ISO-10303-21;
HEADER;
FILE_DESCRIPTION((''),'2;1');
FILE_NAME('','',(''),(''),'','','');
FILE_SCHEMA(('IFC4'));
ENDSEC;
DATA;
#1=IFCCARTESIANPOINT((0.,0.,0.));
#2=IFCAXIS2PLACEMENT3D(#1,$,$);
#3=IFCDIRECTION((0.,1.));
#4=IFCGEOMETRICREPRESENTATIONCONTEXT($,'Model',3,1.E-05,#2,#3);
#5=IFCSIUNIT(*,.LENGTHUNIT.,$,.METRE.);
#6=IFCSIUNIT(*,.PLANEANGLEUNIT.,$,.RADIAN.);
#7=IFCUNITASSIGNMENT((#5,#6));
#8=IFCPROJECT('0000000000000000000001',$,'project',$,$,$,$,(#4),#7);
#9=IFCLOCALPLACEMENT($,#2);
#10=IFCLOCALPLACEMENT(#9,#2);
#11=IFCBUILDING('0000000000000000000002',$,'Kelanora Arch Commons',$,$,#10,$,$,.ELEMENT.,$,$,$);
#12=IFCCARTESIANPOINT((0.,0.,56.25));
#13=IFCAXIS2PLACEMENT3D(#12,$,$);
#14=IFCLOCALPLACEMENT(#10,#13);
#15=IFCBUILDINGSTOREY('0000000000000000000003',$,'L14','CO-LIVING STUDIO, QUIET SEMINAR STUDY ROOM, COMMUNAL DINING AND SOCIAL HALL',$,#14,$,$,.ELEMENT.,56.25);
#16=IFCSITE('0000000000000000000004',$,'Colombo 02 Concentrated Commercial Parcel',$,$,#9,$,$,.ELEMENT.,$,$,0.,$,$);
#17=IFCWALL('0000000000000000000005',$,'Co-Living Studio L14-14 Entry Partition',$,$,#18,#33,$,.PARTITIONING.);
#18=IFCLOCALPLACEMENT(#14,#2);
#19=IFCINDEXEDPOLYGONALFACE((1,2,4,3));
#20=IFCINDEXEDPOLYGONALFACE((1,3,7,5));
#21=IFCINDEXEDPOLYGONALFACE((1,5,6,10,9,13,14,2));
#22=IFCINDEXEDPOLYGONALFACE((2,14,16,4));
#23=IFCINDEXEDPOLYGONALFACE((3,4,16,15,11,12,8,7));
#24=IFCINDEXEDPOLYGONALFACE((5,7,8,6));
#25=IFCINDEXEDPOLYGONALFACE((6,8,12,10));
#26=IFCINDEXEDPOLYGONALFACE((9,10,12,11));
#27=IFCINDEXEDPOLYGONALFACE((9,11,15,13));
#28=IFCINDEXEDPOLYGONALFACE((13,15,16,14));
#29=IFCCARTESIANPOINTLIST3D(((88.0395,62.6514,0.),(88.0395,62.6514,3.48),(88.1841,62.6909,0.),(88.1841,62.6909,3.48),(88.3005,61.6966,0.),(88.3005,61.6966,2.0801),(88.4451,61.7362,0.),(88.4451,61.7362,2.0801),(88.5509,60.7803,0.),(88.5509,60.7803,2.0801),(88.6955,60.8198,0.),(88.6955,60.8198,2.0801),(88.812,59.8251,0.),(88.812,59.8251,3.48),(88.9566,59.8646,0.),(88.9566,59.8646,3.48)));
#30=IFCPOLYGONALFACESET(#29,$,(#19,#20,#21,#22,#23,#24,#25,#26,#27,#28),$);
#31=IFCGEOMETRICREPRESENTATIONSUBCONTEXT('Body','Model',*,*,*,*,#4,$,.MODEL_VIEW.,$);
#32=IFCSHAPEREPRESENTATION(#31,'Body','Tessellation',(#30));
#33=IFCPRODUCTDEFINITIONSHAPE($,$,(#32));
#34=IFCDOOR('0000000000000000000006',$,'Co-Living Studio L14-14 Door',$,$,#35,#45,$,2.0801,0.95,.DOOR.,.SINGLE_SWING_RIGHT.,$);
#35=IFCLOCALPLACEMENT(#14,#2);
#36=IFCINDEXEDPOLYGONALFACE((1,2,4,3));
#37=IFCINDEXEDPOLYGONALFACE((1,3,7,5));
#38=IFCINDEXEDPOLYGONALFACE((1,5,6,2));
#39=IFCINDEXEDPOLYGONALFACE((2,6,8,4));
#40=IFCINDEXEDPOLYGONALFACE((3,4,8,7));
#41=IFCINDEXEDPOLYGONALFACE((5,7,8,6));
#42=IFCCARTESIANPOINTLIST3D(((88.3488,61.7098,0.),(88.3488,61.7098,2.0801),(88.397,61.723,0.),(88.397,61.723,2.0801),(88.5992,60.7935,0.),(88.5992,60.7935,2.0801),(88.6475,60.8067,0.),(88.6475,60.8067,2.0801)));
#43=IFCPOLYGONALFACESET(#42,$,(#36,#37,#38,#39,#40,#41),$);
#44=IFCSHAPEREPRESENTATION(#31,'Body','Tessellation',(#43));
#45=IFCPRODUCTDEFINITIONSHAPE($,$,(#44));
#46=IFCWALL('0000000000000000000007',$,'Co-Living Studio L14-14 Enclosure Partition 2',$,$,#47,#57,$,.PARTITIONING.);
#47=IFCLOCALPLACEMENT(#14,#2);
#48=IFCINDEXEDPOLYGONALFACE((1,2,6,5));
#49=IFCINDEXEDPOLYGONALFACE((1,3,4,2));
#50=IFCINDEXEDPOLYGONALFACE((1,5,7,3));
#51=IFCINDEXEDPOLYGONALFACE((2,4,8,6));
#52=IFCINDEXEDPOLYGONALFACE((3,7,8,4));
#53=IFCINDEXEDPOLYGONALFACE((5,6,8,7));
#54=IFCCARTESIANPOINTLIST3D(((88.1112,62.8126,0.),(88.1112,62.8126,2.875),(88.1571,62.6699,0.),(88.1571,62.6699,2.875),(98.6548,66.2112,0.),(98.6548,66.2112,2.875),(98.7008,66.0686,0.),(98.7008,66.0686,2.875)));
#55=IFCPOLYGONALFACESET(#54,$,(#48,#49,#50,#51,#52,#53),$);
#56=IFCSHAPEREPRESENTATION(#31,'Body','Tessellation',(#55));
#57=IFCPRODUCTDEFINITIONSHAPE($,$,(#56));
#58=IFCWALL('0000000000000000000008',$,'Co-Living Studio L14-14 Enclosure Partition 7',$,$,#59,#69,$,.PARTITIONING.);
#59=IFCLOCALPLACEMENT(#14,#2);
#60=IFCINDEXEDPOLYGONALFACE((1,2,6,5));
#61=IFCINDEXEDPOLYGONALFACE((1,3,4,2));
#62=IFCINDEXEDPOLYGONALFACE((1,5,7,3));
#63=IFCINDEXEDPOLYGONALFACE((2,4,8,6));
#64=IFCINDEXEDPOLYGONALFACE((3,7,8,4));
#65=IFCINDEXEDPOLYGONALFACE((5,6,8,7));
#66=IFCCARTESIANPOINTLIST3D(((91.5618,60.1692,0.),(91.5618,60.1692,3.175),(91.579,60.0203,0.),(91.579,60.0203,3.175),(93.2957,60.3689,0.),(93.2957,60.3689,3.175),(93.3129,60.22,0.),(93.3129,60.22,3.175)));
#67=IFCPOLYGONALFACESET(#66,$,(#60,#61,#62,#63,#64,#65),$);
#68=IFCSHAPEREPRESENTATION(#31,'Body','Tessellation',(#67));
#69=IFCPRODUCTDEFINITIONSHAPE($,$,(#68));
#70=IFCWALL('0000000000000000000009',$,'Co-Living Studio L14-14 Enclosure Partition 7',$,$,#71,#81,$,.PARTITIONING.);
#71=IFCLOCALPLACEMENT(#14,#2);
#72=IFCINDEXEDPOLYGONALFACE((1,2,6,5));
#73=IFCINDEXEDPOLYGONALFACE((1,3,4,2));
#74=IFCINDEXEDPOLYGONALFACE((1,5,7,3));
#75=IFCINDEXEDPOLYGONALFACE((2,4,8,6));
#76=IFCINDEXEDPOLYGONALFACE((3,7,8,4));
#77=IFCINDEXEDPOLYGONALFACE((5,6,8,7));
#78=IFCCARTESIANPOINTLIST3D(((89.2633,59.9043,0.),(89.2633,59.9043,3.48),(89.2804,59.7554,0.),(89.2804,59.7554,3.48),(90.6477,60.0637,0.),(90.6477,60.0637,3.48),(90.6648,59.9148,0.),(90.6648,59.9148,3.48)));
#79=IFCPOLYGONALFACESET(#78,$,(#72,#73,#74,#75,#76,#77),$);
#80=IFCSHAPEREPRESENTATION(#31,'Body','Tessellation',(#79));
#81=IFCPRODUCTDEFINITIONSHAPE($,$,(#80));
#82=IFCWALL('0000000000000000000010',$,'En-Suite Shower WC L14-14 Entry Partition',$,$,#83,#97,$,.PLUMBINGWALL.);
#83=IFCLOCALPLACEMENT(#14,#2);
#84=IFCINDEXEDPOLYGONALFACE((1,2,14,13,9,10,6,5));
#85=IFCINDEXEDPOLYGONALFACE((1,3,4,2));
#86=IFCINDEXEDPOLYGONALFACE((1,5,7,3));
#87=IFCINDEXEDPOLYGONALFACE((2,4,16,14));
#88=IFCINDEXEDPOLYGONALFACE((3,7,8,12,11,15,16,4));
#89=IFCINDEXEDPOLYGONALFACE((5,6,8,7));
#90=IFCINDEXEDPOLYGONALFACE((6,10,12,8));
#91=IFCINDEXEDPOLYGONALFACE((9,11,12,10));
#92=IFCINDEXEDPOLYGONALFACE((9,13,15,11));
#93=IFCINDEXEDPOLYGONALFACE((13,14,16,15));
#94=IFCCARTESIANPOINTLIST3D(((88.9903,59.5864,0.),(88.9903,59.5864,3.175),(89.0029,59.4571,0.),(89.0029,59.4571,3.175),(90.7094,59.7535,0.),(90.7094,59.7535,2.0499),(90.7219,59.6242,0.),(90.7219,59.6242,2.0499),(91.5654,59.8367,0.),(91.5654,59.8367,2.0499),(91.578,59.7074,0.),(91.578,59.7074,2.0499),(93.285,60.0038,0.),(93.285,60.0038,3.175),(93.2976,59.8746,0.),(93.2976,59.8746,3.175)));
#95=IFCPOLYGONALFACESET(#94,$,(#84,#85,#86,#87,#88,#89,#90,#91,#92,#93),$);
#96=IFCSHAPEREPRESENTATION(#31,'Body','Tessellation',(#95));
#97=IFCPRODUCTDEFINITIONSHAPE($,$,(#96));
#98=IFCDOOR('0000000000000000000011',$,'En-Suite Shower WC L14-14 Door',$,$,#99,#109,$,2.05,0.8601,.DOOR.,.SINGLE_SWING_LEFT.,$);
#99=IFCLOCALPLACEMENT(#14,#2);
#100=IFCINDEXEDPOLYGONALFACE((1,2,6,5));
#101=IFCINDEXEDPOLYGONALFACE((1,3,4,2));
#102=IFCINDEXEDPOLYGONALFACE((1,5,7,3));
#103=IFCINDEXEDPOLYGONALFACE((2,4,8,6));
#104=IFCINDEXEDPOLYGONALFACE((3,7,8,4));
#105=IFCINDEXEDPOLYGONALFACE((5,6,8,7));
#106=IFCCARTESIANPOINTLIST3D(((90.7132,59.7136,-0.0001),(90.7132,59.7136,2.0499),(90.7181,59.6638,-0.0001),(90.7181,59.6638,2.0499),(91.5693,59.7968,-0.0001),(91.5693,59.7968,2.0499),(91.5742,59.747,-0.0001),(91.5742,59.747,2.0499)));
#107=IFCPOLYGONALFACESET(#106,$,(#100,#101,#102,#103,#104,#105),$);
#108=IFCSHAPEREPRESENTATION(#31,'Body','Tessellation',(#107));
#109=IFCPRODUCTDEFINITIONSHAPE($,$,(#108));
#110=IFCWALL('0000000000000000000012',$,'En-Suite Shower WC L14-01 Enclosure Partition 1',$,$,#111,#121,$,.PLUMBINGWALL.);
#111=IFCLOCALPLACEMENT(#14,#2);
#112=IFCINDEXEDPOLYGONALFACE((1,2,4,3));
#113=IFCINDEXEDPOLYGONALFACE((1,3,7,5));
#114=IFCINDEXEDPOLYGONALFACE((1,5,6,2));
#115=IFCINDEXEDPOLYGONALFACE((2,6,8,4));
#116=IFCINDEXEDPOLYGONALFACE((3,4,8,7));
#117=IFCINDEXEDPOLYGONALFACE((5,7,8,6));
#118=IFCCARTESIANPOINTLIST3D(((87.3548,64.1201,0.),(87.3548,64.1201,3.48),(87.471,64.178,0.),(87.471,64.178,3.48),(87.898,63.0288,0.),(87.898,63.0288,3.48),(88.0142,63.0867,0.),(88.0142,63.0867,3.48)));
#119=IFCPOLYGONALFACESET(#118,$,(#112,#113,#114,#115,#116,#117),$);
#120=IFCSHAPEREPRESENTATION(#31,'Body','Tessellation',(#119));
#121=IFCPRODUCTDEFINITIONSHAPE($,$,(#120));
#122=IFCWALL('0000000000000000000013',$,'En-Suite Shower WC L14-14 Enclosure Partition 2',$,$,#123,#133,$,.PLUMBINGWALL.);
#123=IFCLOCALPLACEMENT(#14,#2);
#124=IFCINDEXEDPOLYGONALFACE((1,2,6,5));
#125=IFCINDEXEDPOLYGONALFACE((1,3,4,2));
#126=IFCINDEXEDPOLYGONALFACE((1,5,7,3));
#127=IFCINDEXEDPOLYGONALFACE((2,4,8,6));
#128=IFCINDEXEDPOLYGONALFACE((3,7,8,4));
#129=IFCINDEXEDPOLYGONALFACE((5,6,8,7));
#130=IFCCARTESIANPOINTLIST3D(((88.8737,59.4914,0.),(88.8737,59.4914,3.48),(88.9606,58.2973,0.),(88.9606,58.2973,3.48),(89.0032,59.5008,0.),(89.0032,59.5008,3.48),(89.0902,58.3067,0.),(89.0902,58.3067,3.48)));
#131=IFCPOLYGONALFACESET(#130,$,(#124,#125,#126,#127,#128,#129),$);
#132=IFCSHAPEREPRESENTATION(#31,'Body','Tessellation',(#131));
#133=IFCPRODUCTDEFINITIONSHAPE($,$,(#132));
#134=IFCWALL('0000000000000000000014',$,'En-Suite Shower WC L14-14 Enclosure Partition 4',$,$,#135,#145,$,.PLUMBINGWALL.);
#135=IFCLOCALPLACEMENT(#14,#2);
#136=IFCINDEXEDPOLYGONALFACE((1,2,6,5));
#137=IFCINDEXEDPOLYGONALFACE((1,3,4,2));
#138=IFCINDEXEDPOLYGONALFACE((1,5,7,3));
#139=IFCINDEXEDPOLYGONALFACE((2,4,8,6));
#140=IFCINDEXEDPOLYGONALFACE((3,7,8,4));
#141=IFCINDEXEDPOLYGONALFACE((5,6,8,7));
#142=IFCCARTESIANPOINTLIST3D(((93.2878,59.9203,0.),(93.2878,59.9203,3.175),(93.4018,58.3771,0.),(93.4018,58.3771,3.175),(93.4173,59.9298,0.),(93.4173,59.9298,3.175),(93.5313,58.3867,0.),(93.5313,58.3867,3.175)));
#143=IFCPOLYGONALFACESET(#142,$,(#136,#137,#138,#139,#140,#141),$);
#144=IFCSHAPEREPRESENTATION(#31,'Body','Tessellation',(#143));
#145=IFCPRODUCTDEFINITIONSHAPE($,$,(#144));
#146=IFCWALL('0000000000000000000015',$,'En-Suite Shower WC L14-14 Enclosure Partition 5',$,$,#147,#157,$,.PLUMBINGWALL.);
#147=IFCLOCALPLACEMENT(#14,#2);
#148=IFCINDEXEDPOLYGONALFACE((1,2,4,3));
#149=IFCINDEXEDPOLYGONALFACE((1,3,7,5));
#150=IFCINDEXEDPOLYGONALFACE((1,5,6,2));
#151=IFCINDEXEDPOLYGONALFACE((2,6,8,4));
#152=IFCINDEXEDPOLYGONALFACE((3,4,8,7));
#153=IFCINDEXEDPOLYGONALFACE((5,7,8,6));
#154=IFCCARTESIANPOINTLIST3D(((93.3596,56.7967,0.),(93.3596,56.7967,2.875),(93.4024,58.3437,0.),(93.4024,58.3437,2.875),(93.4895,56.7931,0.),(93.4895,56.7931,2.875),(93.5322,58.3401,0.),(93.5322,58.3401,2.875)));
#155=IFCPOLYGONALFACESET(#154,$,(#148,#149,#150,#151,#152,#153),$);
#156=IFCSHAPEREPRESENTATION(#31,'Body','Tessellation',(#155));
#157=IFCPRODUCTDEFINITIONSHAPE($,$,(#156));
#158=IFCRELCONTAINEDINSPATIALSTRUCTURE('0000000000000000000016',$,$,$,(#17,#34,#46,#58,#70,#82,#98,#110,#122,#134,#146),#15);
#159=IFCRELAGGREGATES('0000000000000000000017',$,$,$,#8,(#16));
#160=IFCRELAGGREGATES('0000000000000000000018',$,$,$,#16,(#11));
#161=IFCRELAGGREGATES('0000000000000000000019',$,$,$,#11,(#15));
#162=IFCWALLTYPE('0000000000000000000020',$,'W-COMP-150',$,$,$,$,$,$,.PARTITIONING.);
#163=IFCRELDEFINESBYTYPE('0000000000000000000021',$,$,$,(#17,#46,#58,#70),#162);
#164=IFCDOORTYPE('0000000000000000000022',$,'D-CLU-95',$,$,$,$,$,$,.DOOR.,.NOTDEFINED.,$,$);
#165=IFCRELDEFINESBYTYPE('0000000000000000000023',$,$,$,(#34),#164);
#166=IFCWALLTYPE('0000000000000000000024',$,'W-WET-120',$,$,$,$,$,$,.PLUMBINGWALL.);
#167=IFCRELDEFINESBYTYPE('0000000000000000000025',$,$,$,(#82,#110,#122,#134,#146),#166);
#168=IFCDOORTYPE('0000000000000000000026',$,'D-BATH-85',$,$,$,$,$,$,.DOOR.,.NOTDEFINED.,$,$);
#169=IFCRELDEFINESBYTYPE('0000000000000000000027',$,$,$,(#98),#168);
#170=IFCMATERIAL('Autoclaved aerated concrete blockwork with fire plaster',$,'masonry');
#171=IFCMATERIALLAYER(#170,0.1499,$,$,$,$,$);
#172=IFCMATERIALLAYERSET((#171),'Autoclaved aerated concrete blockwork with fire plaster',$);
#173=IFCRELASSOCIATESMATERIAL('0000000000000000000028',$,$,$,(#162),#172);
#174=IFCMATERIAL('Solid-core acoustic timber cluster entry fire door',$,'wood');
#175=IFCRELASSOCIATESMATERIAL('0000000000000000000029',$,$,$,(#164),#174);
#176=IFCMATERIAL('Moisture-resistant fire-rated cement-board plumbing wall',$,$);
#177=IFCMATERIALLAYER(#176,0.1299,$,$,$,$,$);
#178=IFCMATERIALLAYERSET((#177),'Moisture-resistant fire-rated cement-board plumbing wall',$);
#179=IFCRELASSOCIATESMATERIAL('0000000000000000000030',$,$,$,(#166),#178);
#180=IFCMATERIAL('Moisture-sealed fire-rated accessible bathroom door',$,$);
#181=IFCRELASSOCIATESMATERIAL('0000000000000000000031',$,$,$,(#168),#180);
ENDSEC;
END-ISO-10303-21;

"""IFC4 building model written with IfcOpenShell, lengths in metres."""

from ifc_helpers import new_model, si_unit, direction, frame, frame_2d, origin, place, context, subcontext, project, spatial, rectangle, extrude, material, layer, layer_set, type_object, element, fill, save


model = new_model("IFC4")

# Units and contexts
model_context = context("Model", 3, precision=1e-05, world=origin(), true_north=direction((0.0, 1.0)))
body_context = subcontext(model_context, "Body", "Model", "MODEL_VIEW")
ifc_project = project(units=[si_unit("LENGTHUNIT", "METRE"), si_unit("PLANEANGLEUNIT", "RADIAN")], contexts=[model_context])

# Site, building, storey
site_placement = place(None, origin())
site = spatial("IfcSite", under=ifc_project, at=site_placement, Name="Colombo 02 Concentrated Commercial Parcel", CompositionType="ELEMENT", RefElevation=0.0)
building_placement = place(site_placement, origin())
building = spatial("IfcBuilding", under=site, at=building_placement, Name="Kelanora Arch Commons", CompositionType="ELEMENT")
storey_placement = place(building_placement, frame((0.0, 0.0, 56.25)))
storey = spatial("IfcBuildingStorey", under=building, at=storey_placement, Name="L14", Description="CO-LIVING STUDIO, QUIET SEMINAR STUDY ROOM, COMMUNAL DINING AND SOCIAL HALL", CompositionType="ELEMENT", Elevation=56.25)

# Wall, opening, door
ifc_material_1 = material(Name="Autoclaved aerated concrete blockwork with fire plaster", Category="masonry")
ifc_layer_1 = layer(ifc_material_1, 0.1499)
ifc_layer_set_1 = layer_set([ifc_layer_1], Name="Autoclaved aerated concrete blockwork with fire plaster")
wall_type_1 = type_object("IfcWallType", Name="W-COMP-150", PredefinedType="PARTITIONING", material=ifc_layer_set_1)
wall_1_placement = place(storey_placement, frame((88.8843, 59.845, 0.0), z_axis=(0.0, 0.0, 1.0), x_axis=(-0.263653, 0.964618, 0.0)))
wall_1 = element("IfcWall", 1, at=wall_1_placement, inside=storey, type_object=wall_type_1, Name="Co-Living Studio L14-14 Entry Partition", PredefinedType="PARTITIONING", context=body_context, shape_type="SweptSolid", body=[
    extrude(rectangle(XDim=2.9299, YDim=0.1499, at=frame_2d((1.4648, 0.0))), origin(), (0.0, 0.0, 1.0), 3.48),
])
opening_1_placement = place(wall_1_placement, frame((0.99, 0.0, 0.0)))
opening_1 = element("IfcOpeningElement", 2, at=opening_1_placement, cuts=wall_1, PredefinedType="OPENING", context=body_context, shape_type="SweptSolid", body=[
    extrude(rectangle(XDim=0.95, YDim=2.0801, at=frame_2d((0.4751, 1.04))), frame((0.0, 0.085, 0.0), z_axis=(0.0, -1.0, 0.0), x_axis=(1.0, 0.0, 0.0)), (0.0, 0.0, 1.0), 0.1699),
])
ifc_material_2 = material(Name="Solid-core acoustic timber cluster entry fire door", Category="wood")
door_type_1 = type_object("IfcDoorType", Name="D-CLU-95", OperationType="NOTDEFINED", PredefinedType="DOOR", material=ifc_material_2)
door_1_placement = place(opening_1_placement, origin())
door_1 = element("IfcDoor", 3, at=door_1_placement, inside=storey, type_object=door_type_1, Name="Co-Living Studio L14-14 Door", OperationType="SINGLE_SWING_RIGHT", OverallHeight=2.0801, OverallWidth=0.95, PredefinedType="DOOR", context=body_context, shape_type="SweptSolid", body=[
    extrude(rectangle(XDim=0.95, YDim=2.0801, at=frame_2d((0.4751, 1.04))), frame((0.0, 0.0249, 0.0), z_axis=(0.0, -1.0, 0.0), x_axis=(1.0, 0.0, 0.0)), (0.0, 0.0, 1.0), 0.05),
])
fill(opening_1, door_1)

# Walls
wall_2_placement = place(storey_placement, frame((88.134, 62.7412, 0.0), z_axis=(0.0, 0.0, 1.0), x_axis=(0.951775, 0.306797, 0.0)))
element("IfcWall", 4, at=wall_2_placement, inside=storey, type_object=wall_type_1, Name="Co-Living Studio L14-14 Enclosure Partition 2", PredefinedType="PARTITIONING", context=body_context, shape_type="SweptSolid", body=[
    extrude(rectangle(XDim=11.0779, YDim=0.1499, at=frame_2d((5.5391, 0.0))), origin(), (0.0, 0.0, 1.0), 2.875),
])
wall_3_placement = place(storey_placement, frame((93.3042, 60.2944, 0.0), z_axis=(0.0, 0.0, 1.0), x_axis=(-0.993432, -0.114422, 0.0)))
element("IfcWall", 5, at=wall_3_placement, inside=storey, type_object=wall_type_1, Name="Co-Living Studio L14-14 Enclosure Partition 7", PredefinedType="PARTITIONING", context=body_context, shape_type="SweptSolid", body=[
    extrude(rectangle(XDim=1.7454, YDim=0.1499, at=frame_2d((0.8726, 0.0))), origin(), (0.0, 0.0, 1.0), 3.175),
])
wall_4_placement = place(storey_placement, frame((90.6562, 59.9893, 0.0), z_axis=(0.0, 0.0, 1.0), x_axis=(-0.993436, -0.114391, 0.0)))
element("IfcWall", 6, at=wall_4_placement, inside=storey, type_object=wall_type_1, Name="Co-Living Studio L14-14 Enclosure Partition 7", PredefinedType="PARTITIONING", context=body_context, shape_type="SweptSolid", body=[
    extrude(rectangle(XDim=1.3936, YDim=0.1499, at=frame_2d((0.6968, 0.0))), origin(), (0.0, 0.0, 1.0), 3.48),
])

# Wall, opening, door
ifc_material_3 = material(Name="Moisture-resistant fire-rated cement-board plumbing wall")
ifc_layer_2 = layer(ifc_material_3, 0.1299)
ifc_layer_set_2 = layer_set([ifc_layer_2], Name="Moisture-resistant fire-rated cement-board plumbing wall")
wall_type_2 = type_object("IfcWallType", Name="W-WET-120", PredefinedType="PLUMBINGWALL", material=ifc_layer_set_2)
wall_5_placement = place(storey_placement, frame((88.9966, 59.5217, 0.0), z_axis=(0.0, 0.0, 1.0), x_axis=(0.995308, 0.096753, 0.0)))
wall_5 = element("IfcWall", 7, at=wall_5_placement, inside=storey, type_object=wall_type_2, Name="En-Suite Shower WC L14-14 Entry Partition", PredefinedType="PLUMBINGWALL", context=body_context, shape_type="SweptSolid", body=[
    extrude(rectangle(XDim=4.3149, YDim=0.1299, at=frame_2d((2.1575, 0.0))), origin(), (0.0, 0.0, 1.0), 3.175),
])
opening_2_placement = place(wall_5_placement, frame((1.7271, 0.0, 0.0)))
opening_2 = element("IfcOpeningElement", 8, at=opening_2_placement, cuts=wall_5, PredefinedType="OPENING", context=body_context, shape_type="SweptSolid", body=[
    extrude(rectangle(XDim=0.8601, YDim=2.05, at=frame_2d((0.4302, 1.0249))), frame((0.0, 0.075, 0.0), z_axis=(0.0, -1.0, 0.0), x_axis=(1.0, 0.0, 0.0)), (0.0, 0.0, 1.0), 0.1499),
])
ifc_material_4 = material(Name="Moisture-sealed fire-rated accessible bathroom door")
door_type_2 = type_object("IfcDoorType", Name="D-BATH-85", OperationType="NOTDEFINED", PredefinedType="DOOR", material=ifc_material_4)
door_2_placement = place(opening_2_placement, origin())
door_2 = element("IfcDoor", 9, at=door_2_placement, inside=storey, type_object=door_type_2, Name="En-Suite Shower WC L14-14 Door", OperationType="SINGLE_SWING_LEFT", OverallHeight=2.05, OverallWidth=0.8601, PredefinedType="DOOR", context=body_context, shape_type="SweptSolid", body=[
    extrude(rectangle(XDim=0.8601, YDim=2.05, at=frame_2d((0.4302, 1.0249))), frame((0.0, 0.0249, 0.0), z_axis=(0.0, -1.0, 0.0), x_axis=(1.0, 0.0, 0.0)), (0.0, 0.0, 1.0), 0.05),
])
fill(opening_2, door_2)

# Walls
wall_6_placement = place(storey_placement, frame((87.9561, 63.0579, 0.0), z_axis=(0.0, 0.0, 1.0), x_axis=(-0.445611, 0.895227, 0.0)))
element("IfcWall", 10, at=wall_6_placement, inside=storey, type_object=wall_type_2, Name="En-Suite Shower WC L14-01 Enclosure Partition 1", PredefinedType="PLUMBINGWALL", context=body_context, shape_type="SweptSolid", body=[
    extrude(rectangle(XDim=1.219, YDim=0.1299, at=frame_2d((0.6094, 0.0))), origin(), (0.0, 0.0, 1.0), 3.48),
])
wall_7_placement = place(storey_placement, frame((89.0254, 58.302, 0.0), z_axis=(0.0, 0.0, 1.0), x_axis=(-0.072595, 0.997362, 0.0)))
element("IfcWall", 11, at=wall_7_placement, inside=storey, type_object=wall_type_2, Name="En-Suite Shower WC L14-14 Enclosure Partition 2", PredefinedType="PLUMBINGWALL", context=body_context, shape_type="SweptSolid", body=[
    extrude(rectangle(XDim=1.1973, YDim=0.1299, at=frame_2d((0.5986, 0.0))), origin(), (0.0, 0.0, 1.0), 3.48),
])
wall_8_placement = place(storey_placement, frame((93.3525, 59.925, 0.0), z_axis=(0.0, 0.0, 1.0), x_axis=(0.07368, -0.997282, 0.0)))
element("IfcWall", 12, at=wall_8_placement, inside=storey, type_object=wall_type_2, Name="En-Suite Shower WC L14-14 Enclosure Partition 4", PredefinedType="PLUMBINGWALL", context=body_context, shape_type="SweptSolid", body=[
    extrude(rectangle(XDim=1.5474, YDim=0.1299, at=frame_2d((0.7737, 0.0))), origin(), (0.0, 0.0, 1.0), 3.175),
])
wall_9_placement = place(storey_placement, frame((93.4673, 58.342, 0.0), z_axis=(0.0, 0.0, 1.0), x_axis=(-0.027605, -0.999619, 0.0)))
element("IfcWall", 13, at=wall_9_placement, inside=storey, type_object=wall_type_2, Name="En-Suite Shower WC L14-14 Enclosure Partition 5", PredefinedType="PLUMBINGWALL", context=body_context, shape_type="SweptSolid", body=[
    extrude(rectangle(XDim=1.5476, YDim=0.1299, at=frame_2d((0.7739, 0.0))), origin(), (0.0, 0.0, 1.0), 2.875),
])

save(model, "model.ifc")
